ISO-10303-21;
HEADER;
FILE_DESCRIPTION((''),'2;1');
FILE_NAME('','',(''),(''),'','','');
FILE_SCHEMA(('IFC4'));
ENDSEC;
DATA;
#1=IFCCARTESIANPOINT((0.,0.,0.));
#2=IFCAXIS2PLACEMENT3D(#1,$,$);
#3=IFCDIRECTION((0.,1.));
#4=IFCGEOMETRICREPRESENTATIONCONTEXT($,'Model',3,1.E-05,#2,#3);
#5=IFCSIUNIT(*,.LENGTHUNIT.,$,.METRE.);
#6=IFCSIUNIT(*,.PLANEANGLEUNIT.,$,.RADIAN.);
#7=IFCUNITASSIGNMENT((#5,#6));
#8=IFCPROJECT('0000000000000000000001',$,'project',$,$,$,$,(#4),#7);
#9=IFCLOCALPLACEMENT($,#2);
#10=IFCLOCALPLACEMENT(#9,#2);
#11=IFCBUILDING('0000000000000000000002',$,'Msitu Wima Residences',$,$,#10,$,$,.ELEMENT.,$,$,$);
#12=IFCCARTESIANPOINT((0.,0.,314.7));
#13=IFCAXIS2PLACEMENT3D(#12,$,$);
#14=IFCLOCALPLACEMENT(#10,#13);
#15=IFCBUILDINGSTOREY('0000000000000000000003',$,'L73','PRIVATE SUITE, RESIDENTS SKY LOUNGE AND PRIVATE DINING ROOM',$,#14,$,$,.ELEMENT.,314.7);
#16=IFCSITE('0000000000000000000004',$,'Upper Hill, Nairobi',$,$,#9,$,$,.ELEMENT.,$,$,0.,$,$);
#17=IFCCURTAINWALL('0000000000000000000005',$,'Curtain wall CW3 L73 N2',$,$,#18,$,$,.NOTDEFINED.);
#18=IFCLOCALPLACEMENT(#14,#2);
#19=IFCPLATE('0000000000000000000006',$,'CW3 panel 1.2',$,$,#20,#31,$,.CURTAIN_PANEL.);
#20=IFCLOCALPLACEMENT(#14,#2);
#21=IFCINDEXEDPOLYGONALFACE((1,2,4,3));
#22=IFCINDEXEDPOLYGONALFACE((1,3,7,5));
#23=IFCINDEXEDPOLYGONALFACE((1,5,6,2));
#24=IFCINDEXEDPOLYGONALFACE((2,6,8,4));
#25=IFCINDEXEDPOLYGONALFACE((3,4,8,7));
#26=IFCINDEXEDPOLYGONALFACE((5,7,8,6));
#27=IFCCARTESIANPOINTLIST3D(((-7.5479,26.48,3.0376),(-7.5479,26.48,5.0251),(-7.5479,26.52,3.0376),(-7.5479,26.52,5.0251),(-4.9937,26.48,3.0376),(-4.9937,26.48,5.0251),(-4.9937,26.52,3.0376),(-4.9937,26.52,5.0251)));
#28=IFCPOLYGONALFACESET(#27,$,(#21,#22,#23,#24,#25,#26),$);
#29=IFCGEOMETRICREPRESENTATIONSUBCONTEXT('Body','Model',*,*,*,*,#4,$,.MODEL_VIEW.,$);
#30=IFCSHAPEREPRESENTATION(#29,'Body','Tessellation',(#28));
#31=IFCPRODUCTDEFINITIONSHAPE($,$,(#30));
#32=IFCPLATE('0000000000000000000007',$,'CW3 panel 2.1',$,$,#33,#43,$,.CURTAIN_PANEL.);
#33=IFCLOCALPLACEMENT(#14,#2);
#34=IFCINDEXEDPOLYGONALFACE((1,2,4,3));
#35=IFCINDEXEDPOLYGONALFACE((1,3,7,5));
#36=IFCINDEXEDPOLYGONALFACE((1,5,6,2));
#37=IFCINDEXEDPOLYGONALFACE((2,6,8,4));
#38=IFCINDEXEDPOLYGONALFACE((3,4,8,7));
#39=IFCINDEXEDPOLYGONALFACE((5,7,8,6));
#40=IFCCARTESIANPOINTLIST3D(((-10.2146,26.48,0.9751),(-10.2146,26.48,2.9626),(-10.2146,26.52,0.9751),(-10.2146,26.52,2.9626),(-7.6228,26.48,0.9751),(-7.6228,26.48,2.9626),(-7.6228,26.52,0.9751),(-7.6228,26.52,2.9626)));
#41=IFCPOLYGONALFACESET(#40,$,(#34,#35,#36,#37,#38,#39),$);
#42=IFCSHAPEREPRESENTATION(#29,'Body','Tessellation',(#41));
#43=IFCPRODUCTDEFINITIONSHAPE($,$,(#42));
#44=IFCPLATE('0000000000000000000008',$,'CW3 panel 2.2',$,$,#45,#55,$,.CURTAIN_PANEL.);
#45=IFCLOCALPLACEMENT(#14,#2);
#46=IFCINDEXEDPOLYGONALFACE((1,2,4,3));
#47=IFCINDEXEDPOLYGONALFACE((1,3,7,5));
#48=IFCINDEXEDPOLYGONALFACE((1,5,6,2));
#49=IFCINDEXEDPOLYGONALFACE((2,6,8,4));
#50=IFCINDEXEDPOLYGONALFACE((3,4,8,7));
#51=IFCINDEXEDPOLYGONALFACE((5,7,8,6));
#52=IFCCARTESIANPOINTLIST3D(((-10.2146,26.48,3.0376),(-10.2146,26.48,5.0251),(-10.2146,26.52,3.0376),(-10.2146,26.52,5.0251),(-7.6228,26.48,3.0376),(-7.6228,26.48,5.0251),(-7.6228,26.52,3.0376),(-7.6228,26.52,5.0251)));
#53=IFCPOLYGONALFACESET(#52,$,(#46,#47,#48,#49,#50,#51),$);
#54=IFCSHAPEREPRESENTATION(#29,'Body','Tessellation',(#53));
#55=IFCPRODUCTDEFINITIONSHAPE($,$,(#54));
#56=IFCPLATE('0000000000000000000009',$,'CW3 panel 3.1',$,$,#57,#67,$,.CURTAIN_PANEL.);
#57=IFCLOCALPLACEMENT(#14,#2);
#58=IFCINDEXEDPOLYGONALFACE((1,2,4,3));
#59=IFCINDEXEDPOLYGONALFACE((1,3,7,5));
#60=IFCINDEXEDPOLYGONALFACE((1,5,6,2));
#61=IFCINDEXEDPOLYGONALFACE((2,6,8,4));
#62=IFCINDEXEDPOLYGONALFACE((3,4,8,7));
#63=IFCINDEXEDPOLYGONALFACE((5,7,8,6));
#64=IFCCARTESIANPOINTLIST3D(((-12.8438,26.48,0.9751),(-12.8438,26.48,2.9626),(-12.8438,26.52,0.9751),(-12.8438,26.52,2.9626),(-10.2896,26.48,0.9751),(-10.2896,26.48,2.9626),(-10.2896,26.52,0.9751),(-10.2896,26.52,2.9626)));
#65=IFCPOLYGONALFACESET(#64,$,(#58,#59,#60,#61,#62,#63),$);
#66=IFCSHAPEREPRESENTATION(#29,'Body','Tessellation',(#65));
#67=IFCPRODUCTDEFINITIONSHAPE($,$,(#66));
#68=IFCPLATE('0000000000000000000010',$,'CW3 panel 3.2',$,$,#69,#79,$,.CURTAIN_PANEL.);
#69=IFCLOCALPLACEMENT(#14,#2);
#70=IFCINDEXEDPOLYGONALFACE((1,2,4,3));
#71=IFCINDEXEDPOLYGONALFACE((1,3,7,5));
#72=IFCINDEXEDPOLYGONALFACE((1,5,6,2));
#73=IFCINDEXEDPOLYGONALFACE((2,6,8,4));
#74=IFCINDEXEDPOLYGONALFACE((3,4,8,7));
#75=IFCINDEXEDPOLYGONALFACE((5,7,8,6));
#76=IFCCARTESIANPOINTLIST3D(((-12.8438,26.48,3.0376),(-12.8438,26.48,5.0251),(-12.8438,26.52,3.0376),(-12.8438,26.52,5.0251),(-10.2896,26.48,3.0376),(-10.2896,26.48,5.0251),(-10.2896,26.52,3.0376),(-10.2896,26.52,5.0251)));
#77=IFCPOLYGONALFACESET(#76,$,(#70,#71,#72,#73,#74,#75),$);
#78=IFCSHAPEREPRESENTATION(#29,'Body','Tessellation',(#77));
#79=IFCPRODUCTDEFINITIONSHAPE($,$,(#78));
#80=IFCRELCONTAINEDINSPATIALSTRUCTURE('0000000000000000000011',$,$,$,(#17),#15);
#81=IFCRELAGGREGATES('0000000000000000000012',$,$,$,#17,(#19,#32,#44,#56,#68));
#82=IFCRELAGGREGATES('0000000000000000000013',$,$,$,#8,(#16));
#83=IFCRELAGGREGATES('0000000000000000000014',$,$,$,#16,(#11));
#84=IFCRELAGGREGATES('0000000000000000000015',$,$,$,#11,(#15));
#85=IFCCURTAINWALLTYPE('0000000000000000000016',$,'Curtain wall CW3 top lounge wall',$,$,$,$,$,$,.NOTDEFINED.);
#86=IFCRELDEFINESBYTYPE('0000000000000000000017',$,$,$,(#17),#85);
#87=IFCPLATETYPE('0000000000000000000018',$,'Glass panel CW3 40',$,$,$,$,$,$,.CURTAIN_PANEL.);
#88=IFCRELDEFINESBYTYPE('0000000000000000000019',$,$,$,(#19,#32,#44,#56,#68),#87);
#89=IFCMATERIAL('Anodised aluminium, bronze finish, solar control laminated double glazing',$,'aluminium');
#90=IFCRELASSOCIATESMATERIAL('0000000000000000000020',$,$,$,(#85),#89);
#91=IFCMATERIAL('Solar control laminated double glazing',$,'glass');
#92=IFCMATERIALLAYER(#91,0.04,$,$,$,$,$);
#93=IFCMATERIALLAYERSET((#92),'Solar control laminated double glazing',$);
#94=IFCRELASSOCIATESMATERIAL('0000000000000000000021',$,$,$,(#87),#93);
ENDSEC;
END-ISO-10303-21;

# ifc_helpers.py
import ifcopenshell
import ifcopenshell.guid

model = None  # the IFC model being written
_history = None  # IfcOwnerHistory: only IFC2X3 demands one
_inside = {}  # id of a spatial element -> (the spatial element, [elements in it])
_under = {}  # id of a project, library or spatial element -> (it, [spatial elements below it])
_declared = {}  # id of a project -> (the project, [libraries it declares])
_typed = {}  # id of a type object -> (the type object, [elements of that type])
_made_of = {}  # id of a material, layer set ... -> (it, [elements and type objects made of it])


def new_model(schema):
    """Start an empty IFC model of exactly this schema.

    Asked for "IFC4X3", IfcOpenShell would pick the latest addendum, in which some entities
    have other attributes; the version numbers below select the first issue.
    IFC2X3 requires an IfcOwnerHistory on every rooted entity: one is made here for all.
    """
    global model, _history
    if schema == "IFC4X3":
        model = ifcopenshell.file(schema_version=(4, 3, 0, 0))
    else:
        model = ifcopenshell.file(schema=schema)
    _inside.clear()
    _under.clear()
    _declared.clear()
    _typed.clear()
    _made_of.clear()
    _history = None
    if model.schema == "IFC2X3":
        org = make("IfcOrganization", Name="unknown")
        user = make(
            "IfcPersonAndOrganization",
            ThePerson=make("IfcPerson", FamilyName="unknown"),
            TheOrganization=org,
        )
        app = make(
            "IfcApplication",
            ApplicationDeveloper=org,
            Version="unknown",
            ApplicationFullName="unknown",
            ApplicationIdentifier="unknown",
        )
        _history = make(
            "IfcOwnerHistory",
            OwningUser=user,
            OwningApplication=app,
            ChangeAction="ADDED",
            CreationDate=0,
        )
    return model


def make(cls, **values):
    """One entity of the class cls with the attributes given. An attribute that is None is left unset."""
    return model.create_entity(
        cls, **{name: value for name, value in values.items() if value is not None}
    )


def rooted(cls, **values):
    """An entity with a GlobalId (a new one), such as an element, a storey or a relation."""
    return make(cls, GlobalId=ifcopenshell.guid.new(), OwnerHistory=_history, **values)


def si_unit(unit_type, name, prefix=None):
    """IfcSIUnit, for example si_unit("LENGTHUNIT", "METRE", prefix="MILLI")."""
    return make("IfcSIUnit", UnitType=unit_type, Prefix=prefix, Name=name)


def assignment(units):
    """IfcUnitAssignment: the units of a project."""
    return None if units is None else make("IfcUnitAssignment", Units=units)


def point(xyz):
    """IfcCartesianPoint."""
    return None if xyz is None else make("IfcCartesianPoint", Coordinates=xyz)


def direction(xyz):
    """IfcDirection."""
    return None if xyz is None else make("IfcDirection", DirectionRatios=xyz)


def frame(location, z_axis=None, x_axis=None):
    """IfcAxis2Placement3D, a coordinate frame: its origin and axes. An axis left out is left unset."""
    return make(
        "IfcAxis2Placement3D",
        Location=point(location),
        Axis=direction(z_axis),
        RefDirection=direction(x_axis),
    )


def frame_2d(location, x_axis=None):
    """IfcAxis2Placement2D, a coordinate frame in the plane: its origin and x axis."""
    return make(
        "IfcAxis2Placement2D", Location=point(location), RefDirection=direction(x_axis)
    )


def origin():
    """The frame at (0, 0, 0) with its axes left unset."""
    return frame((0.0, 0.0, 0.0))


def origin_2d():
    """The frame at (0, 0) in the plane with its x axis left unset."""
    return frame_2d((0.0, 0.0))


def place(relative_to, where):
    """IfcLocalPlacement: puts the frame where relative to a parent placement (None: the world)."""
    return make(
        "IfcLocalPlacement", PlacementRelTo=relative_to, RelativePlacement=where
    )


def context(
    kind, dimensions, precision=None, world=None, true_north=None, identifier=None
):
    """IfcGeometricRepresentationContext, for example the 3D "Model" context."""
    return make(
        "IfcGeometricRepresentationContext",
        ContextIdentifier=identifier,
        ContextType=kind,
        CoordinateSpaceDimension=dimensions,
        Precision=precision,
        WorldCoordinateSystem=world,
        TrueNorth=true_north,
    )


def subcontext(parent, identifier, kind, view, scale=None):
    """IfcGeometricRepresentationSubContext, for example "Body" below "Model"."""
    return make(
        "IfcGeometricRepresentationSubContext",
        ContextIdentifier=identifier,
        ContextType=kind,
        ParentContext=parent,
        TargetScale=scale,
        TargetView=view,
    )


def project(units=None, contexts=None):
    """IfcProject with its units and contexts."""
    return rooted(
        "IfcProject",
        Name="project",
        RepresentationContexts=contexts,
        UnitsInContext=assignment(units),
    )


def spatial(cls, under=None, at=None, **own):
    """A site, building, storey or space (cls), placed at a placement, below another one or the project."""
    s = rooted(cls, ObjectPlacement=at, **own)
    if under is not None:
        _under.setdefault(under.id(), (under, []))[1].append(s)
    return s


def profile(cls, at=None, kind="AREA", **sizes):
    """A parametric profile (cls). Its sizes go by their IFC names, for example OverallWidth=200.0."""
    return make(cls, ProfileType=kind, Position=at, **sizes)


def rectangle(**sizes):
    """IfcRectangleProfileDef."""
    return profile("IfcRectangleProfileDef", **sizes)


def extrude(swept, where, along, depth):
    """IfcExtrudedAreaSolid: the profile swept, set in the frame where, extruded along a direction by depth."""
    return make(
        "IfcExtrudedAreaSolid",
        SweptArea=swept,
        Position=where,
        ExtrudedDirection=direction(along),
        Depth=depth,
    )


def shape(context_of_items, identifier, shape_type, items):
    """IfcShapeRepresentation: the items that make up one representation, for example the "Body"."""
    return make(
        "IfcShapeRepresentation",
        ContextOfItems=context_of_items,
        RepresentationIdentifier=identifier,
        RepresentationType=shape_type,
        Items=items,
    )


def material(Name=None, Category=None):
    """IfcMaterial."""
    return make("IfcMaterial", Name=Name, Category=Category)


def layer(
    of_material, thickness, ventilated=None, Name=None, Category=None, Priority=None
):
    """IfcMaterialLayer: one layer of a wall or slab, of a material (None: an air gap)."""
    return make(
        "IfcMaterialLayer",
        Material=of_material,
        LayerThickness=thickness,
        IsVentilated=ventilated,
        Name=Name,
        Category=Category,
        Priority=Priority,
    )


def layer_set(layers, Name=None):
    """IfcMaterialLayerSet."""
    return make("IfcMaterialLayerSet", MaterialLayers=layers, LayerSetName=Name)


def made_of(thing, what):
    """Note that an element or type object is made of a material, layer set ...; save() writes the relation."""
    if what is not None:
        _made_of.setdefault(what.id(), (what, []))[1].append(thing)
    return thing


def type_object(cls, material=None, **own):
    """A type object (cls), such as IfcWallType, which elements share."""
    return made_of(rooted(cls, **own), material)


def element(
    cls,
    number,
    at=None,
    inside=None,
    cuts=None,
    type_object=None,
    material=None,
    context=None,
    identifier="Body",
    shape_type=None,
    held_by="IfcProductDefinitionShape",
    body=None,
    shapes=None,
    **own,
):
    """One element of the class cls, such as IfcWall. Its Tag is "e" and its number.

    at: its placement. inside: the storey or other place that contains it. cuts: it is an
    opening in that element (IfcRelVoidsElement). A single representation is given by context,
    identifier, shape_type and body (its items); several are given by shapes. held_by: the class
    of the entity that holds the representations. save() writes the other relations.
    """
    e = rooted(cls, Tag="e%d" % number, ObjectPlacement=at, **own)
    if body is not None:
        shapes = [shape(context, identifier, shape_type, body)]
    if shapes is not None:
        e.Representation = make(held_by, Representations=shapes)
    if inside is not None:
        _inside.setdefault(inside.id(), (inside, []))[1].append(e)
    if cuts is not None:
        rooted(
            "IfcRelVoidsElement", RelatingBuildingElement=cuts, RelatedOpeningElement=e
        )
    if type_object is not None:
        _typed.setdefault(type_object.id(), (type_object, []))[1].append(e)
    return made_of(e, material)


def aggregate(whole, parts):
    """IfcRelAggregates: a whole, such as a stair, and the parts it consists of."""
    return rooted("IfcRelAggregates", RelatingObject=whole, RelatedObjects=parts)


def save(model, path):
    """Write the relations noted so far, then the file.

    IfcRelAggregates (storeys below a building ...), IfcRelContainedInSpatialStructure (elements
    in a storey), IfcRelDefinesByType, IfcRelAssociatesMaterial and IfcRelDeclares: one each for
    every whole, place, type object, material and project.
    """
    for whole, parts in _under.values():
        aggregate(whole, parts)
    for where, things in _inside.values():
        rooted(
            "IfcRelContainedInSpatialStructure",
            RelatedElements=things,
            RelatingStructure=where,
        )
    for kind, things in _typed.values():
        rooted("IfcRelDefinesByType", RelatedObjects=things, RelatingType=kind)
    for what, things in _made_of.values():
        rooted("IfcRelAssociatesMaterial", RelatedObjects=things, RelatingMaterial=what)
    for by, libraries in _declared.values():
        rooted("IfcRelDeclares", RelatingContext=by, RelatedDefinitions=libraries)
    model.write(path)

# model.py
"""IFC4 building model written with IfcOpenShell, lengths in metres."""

from ifc_helpers import new_model, si_unit, direction, frame, origin, origin_2d, place, context, subcontext, project, spatial, rectangle, extrude, material, layer, layer_set, type_object, element, aggregate, save


model = new_model("IFC4")

# Units and contexts
model_context = context("Model", 3, precision=1e-05, world=origin(), true_north=direction((0.0, 1.0)))
body_context = subcontext(model_context, "Body", "Model", "MODEL_VIEW")
ifc_project = project(units=[si_unit("LENGTHUNIT", "METRE"), si_unit("PLANEANGLEUNIT", "RADIAN")], contexts=[model_context])

# Site, building, storey
site_placement = place(None, origin())
site = spatial("IfcSite", under=ifc_project, at=site_placement, Name="Upper Hill, Nairobi", CompositionType="ELEMENT", RefElevation=0.0)
building_placement = place(site_placement, origin())
building = spatial("IfcBuilding", under=site, at=building_placement, Name="Msitu Wima Residences", CompositionType="ELEMENT")
storey_placement = place(building_placement, frame((0.0, 0.0, 314.7)))
storey = spatial("IfcBuildingStorey", under=building, at=storey_placement, Name="L73", Description="PRIVATE SUITE, RESIDENTS SKY LOUNGE AND PRIVATE DINING ROOM", CompositionType="ELEMENT", Elevation=314.7)

# Curtain wall
ifc_material_1 = material(Name="Anodised aluminium, bronze finish, solar control laminated double glazing", Category="aluminium")
curtain_wall_type = type_object("IfcCurtainWallType", Name="Curtain wall CW3 top lounge wall", PredefinedType="NOTDEFINED", material=ifc_material_1)
curtain_wall_1_placement = place(storey_placement, origin())
curtain_wall_1 = element("IfcCurtainWall", 1, at=curtain_wall_1_placement, inside=storey, type_object=curtain_wall_type, Name="Curtain wall CW3 L73 N2", PredefinedType="NOTDEFINED")

# Plates
ifc_material_2 = material(Name="Solar control laminated double glazing", Category="glass")
ifc_layer = layer(ifc_material_2, 0.04)
ifc_layer_set = layer_set([ifc_layer], Name="Solar control laminated double glazing")
plate_type = type_object("IfcPlateType", Name="Glass panel CW3 40", PredefinedType="CURTAIN_PANEL", material=ifc_layer_set)
plate_1_placement = place(storey_placement, frame((-6.2708, 26.5, 3.0376), z_axis=(0.0, 0.0, 1.0), x_axis=(-1.0, 0.0, 0.0)))
plate_1 = element("IfcPlate", 2, at=plate_1_placement, type_object=plate_type, Name="CW3 panel 1.2", PredefinedType="CURTAIN_PANEL", context=body_context, shape_type="SweptSolid", body=[
    extrude(rectangle(XDim=2.5542, YDim=0.04, at=origin_2d()), origin(), (0.0, 0.0, 1.0), 1.9875),
])
plate_2_placement = place(storey_placement, frame((-8.9187, 26.5, 0.9751), z_axis=(0.0, 0.0, 1.0), x_axis=(-1.0, 0.0, 0.0)))
plate_2 = element("IfcPlate", 3, at=plate_2_placement, type_object=plate_type, Name="CW3 panel 2.1", PredefinedType="CURTAIN_PANEL", context=body_context, shape_type="SweptSolid", body=[
    extrude(rectangle(XDim=2.5918, YDim=0.04, at=origin_2d()), origin(), (0.0, 0.0, 1.0), 1.9875),
])
plate_3_placement = place(storey_placement, frame((-8.9187, 26.5, 3.0376), z_axis=(0.0, 0.0, 1.0), x_axis=(-1.0, 0.0, 0.0)))
plate_3 = element("IfcPlate", 4, at=plate_3_placement, type_object=plate_type, Name="CW3 panel 2.2", PredefinedType="CURTAIN_PANEL", context=body_context, shape_type="SweptSolid", body=[
    extrude(rectangle(XDim=2.5918, YDim=0.04, at=origin_2d()), origin(), (0.0, 0.0, 1.0), 1.9875),
])
plate_4_placement = place(storey_placement, frame((-11.5667, 26.5, 0.9751), z_axis=(0.0, 0.0, 1.0), x_axis=(-1.0, 0.0, 0.0)))
plate_4 = element("IfcPlate", 5, at=plate_4_placement, type_object=plate_type, Name="CW3 panel 3.1", PredefinedType="CURTAIN_PANEL", context=body_context, shape_type="SweptSolid", body=[
    extrude(rectangle(XDim=2.5542, YDim=0.04, at=origin_2d()), origin(), (0.0, 0.0, 1.0), 1.9875),
])
plate_5_placement = place(storey_placement, frame((-11.5667, 26.5, 3.0376), z_axis=(0.0, 0.0, 1.0), x_axis=(-1.0, 0.0, 0.0)))
plate_5 = element("IfcPlate", 6, at=plate_5_placement, type_object=plate_type, Name="CW3 panel 3.2", PredefinedType="CURTAIN_PANEL", context=body_context, shape_type="SweptSolid", body=[
    extrude(rectangle(XDim=2.5542, YDim=0.04, at=origin_2d()), origin(), (0.0, 0.0, 1.0), 1.9875),
])
aggregate(curtain_wall_1, [plate_1, plate_2, plate_3, plate_4, plate_5])

save(model, "model.ifc")
